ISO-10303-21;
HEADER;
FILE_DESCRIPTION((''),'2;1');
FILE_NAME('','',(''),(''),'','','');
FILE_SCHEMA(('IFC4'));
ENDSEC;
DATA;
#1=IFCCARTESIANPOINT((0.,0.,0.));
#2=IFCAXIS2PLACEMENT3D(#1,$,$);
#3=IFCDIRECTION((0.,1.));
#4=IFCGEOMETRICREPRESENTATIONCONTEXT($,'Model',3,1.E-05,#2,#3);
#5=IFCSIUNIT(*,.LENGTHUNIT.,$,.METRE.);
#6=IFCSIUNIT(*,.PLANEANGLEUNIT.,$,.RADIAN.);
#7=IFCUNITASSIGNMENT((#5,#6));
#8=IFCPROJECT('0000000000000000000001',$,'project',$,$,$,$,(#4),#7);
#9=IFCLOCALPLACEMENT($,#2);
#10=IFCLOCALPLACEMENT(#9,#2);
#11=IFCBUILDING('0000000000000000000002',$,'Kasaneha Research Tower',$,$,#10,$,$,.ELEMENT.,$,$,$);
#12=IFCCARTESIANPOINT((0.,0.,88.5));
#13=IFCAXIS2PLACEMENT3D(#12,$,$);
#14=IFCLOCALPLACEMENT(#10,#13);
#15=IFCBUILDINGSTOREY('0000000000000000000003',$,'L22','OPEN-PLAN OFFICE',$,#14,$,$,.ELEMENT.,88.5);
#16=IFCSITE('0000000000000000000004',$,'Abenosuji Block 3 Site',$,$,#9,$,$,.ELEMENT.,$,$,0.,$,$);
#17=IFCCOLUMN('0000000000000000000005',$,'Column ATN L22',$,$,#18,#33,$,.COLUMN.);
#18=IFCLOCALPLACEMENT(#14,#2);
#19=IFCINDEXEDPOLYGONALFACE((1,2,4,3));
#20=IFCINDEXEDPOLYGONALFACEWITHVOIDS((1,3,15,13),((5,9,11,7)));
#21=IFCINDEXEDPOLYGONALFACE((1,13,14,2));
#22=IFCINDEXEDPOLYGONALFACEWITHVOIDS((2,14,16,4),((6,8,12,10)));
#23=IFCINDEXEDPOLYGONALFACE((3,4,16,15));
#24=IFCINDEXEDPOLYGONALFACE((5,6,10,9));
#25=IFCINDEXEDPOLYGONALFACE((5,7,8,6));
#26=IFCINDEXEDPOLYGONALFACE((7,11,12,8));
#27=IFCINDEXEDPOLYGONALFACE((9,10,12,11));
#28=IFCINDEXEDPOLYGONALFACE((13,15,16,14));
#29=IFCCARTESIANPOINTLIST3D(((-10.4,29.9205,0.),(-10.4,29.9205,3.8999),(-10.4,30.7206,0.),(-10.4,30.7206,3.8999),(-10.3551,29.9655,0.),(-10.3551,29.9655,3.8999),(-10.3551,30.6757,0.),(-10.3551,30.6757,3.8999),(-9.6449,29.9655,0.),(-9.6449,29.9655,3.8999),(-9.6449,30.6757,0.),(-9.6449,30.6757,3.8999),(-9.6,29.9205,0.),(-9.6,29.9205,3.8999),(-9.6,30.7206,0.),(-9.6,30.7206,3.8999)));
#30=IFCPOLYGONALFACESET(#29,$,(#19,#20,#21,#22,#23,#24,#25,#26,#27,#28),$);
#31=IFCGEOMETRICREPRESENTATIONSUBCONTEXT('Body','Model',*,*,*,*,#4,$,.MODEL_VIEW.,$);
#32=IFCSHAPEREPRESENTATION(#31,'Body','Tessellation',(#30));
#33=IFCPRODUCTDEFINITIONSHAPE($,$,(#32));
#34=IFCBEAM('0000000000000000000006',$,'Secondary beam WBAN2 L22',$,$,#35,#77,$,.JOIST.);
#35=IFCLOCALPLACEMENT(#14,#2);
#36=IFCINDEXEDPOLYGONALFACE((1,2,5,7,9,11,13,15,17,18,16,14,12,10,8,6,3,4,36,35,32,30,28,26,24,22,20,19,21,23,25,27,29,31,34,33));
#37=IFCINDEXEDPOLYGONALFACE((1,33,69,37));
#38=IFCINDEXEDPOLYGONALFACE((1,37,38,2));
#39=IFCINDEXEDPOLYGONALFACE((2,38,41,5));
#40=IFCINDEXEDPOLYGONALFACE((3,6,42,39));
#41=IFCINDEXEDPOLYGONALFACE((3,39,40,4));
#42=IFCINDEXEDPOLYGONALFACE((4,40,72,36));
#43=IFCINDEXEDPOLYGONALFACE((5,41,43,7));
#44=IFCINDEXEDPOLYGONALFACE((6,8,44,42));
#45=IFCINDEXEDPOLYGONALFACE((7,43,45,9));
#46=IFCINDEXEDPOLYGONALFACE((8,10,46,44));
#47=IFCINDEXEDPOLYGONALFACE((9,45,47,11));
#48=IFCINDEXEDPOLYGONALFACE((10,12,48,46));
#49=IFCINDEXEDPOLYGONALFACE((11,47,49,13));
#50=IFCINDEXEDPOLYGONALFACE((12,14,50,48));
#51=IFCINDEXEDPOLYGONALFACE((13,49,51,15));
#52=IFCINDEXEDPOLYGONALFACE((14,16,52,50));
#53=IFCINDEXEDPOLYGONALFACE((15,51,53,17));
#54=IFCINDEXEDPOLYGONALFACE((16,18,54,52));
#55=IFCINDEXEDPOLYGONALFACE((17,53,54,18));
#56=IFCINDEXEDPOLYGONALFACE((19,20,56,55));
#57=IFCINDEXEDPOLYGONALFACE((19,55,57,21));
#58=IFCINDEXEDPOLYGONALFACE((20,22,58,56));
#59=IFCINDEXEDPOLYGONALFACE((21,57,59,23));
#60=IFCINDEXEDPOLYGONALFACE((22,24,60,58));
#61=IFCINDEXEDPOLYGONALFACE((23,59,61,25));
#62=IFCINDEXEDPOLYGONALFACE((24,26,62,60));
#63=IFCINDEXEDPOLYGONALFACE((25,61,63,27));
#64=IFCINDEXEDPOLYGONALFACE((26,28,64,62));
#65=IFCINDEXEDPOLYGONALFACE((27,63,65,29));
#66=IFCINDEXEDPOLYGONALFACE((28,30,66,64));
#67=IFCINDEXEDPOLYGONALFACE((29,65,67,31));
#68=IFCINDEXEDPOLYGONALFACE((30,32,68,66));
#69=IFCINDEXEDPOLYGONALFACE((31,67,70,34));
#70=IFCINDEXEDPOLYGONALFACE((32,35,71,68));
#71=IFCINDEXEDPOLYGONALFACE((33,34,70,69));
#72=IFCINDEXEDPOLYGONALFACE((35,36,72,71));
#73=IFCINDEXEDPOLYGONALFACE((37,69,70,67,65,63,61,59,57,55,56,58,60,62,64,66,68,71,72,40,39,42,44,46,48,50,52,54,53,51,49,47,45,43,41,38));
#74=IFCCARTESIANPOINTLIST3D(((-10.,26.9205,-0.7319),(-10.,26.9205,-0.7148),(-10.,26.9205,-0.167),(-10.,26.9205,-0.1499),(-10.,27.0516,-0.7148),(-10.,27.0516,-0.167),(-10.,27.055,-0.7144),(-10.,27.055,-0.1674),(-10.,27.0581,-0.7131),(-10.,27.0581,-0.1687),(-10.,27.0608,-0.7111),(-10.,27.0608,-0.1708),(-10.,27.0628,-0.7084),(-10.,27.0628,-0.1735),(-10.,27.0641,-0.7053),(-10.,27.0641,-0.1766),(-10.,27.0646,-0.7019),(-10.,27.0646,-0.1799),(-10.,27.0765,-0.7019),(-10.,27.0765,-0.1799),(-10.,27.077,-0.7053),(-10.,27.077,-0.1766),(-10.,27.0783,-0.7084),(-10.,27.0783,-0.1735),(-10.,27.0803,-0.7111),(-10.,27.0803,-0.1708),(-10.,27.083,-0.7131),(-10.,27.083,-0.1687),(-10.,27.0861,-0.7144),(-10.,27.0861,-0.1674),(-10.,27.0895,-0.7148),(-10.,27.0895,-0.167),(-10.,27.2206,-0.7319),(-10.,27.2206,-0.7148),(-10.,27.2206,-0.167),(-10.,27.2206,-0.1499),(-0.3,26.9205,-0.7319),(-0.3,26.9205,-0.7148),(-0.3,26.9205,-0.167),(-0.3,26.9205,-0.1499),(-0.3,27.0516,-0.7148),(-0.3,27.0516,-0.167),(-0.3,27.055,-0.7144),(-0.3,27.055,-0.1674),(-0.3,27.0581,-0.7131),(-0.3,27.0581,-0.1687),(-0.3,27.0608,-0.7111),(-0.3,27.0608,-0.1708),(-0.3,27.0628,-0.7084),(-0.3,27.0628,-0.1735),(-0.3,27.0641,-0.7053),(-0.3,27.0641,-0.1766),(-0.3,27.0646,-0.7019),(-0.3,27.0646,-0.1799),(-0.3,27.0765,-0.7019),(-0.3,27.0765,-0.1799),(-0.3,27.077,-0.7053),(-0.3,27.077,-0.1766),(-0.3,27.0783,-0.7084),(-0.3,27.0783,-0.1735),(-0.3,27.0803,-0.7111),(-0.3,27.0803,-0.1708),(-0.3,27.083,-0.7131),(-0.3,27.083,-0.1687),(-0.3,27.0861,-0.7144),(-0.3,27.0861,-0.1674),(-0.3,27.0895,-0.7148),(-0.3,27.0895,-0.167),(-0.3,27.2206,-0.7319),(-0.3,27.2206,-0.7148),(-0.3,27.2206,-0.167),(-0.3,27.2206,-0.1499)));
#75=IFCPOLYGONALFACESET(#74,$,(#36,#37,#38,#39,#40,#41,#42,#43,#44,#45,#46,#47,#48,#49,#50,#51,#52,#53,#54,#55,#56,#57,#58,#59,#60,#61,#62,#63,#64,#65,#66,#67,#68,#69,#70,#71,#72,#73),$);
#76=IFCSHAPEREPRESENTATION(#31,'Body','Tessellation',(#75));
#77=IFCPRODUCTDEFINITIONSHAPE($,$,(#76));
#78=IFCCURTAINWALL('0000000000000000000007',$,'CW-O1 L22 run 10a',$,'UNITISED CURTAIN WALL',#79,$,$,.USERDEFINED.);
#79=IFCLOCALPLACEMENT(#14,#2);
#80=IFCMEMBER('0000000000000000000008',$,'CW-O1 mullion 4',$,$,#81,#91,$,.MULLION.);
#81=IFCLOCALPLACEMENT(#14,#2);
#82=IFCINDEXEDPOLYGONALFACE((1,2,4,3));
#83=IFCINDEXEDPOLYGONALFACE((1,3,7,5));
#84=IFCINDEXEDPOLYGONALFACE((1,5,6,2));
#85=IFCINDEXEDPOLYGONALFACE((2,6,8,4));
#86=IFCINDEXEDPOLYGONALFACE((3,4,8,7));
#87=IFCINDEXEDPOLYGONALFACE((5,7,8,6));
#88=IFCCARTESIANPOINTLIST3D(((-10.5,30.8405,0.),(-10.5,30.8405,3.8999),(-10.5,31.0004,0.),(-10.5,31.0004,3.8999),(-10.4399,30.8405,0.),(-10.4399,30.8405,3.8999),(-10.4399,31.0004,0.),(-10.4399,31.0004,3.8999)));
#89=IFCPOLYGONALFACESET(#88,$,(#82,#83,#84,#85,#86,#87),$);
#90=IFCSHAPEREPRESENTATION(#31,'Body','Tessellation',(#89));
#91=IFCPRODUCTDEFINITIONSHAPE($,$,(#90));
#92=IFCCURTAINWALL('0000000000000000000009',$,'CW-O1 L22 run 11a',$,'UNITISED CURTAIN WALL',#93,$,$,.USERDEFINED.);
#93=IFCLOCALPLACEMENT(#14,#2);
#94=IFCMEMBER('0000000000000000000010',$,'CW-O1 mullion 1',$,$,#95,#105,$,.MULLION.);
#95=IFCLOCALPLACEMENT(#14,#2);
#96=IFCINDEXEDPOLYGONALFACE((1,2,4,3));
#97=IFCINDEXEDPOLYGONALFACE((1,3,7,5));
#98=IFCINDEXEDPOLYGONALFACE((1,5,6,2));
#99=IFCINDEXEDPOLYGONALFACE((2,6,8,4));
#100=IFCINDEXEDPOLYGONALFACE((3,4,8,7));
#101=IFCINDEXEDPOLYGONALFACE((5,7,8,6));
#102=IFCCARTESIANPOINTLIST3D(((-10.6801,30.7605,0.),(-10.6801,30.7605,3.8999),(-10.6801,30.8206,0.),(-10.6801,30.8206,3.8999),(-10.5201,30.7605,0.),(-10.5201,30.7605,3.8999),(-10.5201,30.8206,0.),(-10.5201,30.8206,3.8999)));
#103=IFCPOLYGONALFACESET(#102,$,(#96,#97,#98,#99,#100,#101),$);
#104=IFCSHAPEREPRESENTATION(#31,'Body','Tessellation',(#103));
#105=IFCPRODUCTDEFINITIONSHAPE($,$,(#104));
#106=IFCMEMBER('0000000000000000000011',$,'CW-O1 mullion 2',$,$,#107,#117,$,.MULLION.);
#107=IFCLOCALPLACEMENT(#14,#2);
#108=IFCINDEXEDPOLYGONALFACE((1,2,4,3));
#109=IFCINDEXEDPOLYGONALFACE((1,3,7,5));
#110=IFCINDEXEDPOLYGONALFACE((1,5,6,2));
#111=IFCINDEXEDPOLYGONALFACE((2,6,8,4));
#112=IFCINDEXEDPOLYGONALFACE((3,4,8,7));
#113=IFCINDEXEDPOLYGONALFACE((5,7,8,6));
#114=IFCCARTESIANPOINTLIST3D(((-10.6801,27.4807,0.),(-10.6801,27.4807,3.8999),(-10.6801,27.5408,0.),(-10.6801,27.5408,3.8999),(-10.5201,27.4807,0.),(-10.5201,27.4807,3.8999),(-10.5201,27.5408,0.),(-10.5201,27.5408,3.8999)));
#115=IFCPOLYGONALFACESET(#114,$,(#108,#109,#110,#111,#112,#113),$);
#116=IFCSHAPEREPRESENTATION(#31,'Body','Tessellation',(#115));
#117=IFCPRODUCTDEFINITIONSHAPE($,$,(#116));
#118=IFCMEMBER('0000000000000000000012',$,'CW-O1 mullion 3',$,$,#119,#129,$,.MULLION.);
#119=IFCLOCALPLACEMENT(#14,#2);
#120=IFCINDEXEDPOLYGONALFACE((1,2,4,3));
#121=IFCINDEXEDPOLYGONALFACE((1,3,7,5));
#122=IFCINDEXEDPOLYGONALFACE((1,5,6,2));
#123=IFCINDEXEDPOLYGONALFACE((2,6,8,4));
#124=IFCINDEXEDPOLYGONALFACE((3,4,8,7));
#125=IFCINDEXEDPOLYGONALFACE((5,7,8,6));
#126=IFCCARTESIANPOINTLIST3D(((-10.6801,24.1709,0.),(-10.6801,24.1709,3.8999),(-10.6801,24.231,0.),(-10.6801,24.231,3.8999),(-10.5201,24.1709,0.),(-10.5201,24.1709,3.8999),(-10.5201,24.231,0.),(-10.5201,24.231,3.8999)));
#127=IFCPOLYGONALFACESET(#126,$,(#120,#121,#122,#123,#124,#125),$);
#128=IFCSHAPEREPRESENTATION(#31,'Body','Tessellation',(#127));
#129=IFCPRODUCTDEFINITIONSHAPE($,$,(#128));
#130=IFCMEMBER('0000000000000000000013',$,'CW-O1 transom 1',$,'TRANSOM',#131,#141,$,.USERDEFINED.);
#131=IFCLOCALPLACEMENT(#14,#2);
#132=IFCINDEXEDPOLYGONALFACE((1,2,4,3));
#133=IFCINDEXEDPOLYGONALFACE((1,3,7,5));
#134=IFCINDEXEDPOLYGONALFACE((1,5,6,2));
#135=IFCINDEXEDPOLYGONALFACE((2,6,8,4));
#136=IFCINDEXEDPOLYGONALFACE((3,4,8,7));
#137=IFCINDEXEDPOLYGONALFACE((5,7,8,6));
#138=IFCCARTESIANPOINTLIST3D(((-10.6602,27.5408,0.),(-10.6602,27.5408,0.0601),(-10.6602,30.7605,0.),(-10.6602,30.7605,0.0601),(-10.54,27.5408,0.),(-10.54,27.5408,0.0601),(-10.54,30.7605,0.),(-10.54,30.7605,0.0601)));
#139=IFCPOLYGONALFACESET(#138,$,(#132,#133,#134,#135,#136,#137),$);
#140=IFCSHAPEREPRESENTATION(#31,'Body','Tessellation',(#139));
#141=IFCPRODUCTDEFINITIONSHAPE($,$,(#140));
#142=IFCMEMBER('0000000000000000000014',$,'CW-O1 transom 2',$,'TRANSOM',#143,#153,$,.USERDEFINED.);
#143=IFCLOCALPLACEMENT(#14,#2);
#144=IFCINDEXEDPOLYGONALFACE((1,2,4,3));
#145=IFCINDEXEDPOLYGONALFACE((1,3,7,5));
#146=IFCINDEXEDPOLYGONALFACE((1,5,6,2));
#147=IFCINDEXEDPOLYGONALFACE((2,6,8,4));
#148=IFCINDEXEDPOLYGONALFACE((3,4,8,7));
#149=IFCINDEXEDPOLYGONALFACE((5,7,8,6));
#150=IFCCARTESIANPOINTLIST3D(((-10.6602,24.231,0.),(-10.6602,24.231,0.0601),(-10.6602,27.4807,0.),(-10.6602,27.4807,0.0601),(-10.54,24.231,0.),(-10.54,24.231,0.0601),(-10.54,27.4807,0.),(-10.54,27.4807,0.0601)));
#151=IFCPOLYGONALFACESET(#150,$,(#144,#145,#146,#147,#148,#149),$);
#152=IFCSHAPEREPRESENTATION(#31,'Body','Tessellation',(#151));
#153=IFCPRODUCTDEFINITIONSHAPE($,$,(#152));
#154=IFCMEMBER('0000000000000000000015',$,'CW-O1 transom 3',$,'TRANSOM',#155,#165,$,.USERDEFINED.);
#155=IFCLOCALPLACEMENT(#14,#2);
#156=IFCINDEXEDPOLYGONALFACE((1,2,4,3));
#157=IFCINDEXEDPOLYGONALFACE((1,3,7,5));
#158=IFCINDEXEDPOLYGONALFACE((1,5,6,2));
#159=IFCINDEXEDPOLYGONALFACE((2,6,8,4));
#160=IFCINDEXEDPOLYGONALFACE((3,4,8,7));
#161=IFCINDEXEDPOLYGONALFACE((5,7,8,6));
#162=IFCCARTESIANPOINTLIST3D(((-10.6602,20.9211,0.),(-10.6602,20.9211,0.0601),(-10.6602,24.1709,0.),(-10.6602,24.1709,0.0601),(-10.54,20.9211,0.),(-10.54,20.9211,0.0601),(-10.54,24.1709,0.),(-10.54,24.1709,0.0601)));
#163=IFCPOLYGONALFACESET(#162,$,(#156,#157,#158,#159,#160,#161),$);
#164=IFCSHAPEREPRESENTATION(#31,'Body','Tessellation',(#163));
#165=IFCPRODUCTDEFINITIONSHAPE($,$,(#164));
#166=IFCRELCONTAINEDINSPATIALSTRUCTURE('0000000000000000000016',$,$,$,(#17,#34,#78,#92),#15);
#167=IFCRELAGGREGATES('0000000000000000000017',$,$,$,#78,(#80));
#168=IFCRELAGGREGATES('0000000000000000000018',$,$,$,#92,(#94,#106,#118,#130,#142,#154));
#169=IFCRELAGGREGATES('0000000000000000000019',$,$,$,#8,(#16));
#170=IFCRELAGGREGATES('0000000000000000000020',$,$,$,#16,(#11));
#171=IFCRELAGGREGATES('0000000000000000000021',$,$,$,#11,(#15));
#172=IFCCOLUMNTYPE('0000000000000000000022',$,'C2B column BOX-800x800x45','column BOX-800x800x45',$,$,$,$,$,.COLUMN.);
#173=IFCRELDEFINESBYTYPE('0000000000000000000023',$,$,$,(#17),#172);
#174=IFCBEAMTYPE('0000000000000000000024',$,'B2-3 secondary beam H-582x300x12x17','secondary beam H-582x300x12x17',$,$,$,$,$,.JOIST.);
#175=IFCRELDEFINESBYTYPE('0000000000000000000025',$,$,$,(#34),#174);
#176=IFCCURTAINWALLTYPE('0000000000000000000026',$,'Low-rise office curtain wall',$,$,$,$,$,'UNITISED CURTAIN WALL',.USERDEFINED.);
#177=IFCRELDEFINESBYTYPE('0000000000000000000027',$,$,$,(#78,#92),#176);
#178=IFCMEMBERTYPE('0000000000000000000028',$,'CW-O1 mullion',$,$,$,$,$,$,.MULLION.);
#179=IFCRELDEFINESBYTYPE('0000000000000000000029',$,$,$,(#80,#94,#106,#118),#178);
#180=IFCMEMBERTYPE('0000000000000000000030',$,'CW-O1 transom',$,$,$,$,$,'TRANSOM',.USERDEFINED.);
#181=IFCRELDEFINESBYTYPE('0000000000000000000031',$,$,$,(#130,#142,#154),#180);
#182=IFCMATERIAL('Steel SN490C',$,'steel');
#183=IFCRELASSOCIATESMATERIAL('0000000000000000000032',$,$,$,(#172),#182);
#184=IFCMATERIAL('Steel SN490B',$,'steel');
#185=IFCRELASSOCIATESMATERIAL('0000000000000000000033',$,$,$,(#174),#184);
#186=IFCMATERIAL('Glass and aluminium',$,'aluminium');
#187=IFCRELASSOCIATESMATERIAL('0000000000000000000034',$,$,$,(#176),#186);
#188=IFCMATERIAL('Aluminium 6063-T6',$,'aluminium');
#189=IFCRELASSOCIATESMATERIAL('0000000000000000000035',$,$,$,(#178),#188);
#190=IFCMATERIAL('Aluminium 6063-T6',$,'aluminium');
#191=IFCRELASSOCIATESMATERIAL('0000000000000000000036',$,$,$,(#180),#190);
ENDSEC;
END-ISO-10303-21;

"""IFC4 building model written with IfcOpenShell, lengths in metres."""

from ifc_helpers import new_model, si_unit, direction, frame, origin, origin_2d, place, context, subcontext, project, spatial, rectangle, hollow_rectangle, i_section, extrude, material, material_profile, profile_set, type_object, element, aggregate, save


model = new_model("IFC4")

# Units and contexts
model_context = context("Model", 3, precision=1e-05, world=origin(), true_north=direction((0.0, 1.0)))
body_context = subcontext(model_context, "Body", "Model", "MODEL_VIEW")
ifc_project = project(units=[si_unit("LENGTHUNIT", "METRE"), si_unit("PLANEANGLEUNIT", "RADIAN")], contexts=[model_context])

# Site, building, storey
site_placement = place(None, origin())
site = spatial("IfcSite", under=ifc_project, at=site_placement, Name="Abenosuji Block 3 Site", CompositionType="ELEMENT", RefElevation=0.0)
building_placement = place(site_placement, origin())
building = spatial("IfcBuilding", under=site, at=building_placement, Name="Kasaneha Research Tower", CompositionType="ELEMENT")
storey_placement = place(building_placement, frame((0.0, 0.0, 88.5)))
storey = spatial("IfcBuildingStorey", under=building, at=storey_placement, Name="L22", Description="OPEN-PLAN OFFICE", CompositionType="ELEMENT", Elevation=88.5)

# Column
ifc_material_1 = material(Name="Steel SN490C", Category="steel")
ifc_material_profile_1 = material_profile(ifc_material_1, hollow_rectangle(XDim=0.8, YDim=0.8, WallThickness=0.0449, at=origin_2d()), Name="BOX-800x800x45")
ifc_profile_set_1 = profile_set([ifc_material_profile_1], Name="Steel SN490C")
column_type = type_object("IfcColumnType", Name="C2B column BOX-800x800x45", Description="column BOX-800x800x45", PredefinedType="COLUMN", material=ifc_profile_set_1)
column_placement = place(storey_placement, frame((-10.0, 30.3206, 0.0), z_axis=(0.0, 0.0, 1.0), x_axis=(1.0, 0.0, 0.0)))
element("IfcColumn", 1, at=column_placement, inside=storey, type_object=column_type, Name="Column ATN L22", PredefinedType="COLUMN", context=body_context, shape_type="SweptSolid", body=[
    extrude(hollow_rectangle(XDim=0.8, YDim=0.8, WallThickness=0.0449, at=origin_2d()), origin(), (0.0, 0.0, 1.0), 3.8999),
])

# Beam
ifc_material_2 = material(Name="Steel SN490B", Category="steel")
ifc_material_profile_2 = material_profile(ifc_material_2, i_section(OverallWidth=0.3, OverallDepth=0.582, WebThickness=0.012, FlangeThickness=0.0171, FilletRadius=0.0129, at=origin_2d()), Name="H-582x300x12x17")
ifc_profile_set_2 = profile_set([ifc_material_profile_2], Name="Steel SN490B")
beam_type_1 = type_object("IfcBeamType", Name="B2-3 secondary beam H-582x300x12x17", Description="secondary beam H-582x300x12x17", PredefinedType="JOIST", material=ifc_profile_set_2)
beam_1_placement = place(storey_placement, frame((-10.0, 27.0706, -0.4409), z_axis=(1.0, 0.0, 0.0), x_axis=(0.0, 1.0, 0.0)))
element("IfcBeam", 2, at=beam_1_placement, inside=storey, type_object=beam_type_1, Name="Secondary beam WBAN2 L22", PredefinedType="JOIST", context=body_context, shape_type="SweptSolid", body=[
    extrude(i_section(OverallWidth=0.3, OverallDepth=0.582, WebThickness=0.012, FlangeThickness=0.0171, FilletRadius=0.0129, at=origin_2d()), origin(), (0.0, 0.0, 1.0), 9.7),
])

# Curtain wall, member
ifc_material_3 = material(Name="Glass and aluminium", Category="aluminium")
curtain_wall_type = type_object("IfcCurtainWallType", Name="Low-rise office curtain wall", ElementType="UNITISED CURTAIN WALL", PredefinedType="USERDEFINED", material=ifc_material_3)
curtain_wall_1_placement = place(storey_placement, origin())
curtain_wall_1 = element("IfcCurtainWall", 3, at=curtain_wall_1_placement, inside=storey, type_object=curtain_wall_type, Name="CW-O1 L22 run 10a", ObjectType="UNITISED CURTAIN WALL", PredefinedType="USERDEFINED")
ifc_material_4 = material(Name="Aluminium 6063-T6", Category="aluminium")
ifc_material_profile_3 = material_profile(ifc_material_4, rectangle(XDim=0.0601, YDim=0.1599, at=origin_2d()), Name="CW-O1 mullion 60x160")
ifc_profile_set_3 = profile_set([ifc_material_profile_3], Name="Aluminium 6063-T6")
member_type_1 = type_object("IfcMemberType", Name="CW-O1 mullion", PredefinedType="MULLION", material=ifc_profile_set_3)
member_1_placement = place(storey_placement, frame((-10.47, 30.9204, 0.0), z_axis=(0.0, 0.0, 1.0), x_axis=(-1.0, 0.0, 0.0)))
member_1 = element("IfcMember", 4, at=member_1_placement, type_object=member_type_1, Name="CW-O1 mullion 4", PredefinedType="MULLION", context=body_context, shape_type="SweptSolid", body=[
    extrude(rectangle(XDim=0.0601, YDim=0.1599, at=origin_2d()), origin(), (0.0, 0.0, 1.0), 3.8999),
])
aggregate(curtain_wall_1, [member_1])

# Curtain wall, members
curtain_wall_2_placement = place(storey_placement, origin())
curtain_wall_2 = element("IfcCurtainWall", 5, at=curtain_wall_2_placement, inside=storey, type_object=curtain_wall_type, Name="CW-O1 L22 run 11a", ObjectType="UNITISED CURTAIN WALL", PredefinedType="USERDEFINED")
member_2_placement = place(storey_placement, frame((-10.6001, 30.7905, 0.0), z_axis=(0.0, 0.0, 1.0), x_axis=(0.0, -1.0, 0.0)))
member_2 = element("IfcMember", 6, at=member_2_placement, type_object=member_type_1, Name="CW-O1 mullion 1", PredefinedType="MULLION", context=body_context, shape_type="SweptSolid", body=[
    extrude(rectangle(XDim=0.0601, YDim=0.1599, at=origin_2d()), origin(), (0.0, 0.0, 1.0), 3.8999),
])
member_3_placement = place(storey_placement, frame((-10.6001, 27.5107, 0.0), z_axis=(0.0, 0.0, 1.0), x_axis=(0.0, -1.0, 0.0)))
member_3 = element("IfcMember", 7, at=member_3_placement, type_object=member_type_1, Name="CW-O1 mullion 2", PredefinedType="MULLION", context=body_context, shape_type="SweptSolid", body=[
    extrude(rectangle(XDim=0.0601, YDim=0.1599, at=origin_2d()), origin(), (0.0, 0.0, 1.0), 3.8999),
])
member_4_placement = place(storey_placement, frame((-10.6001, 24.2009, 0.0), z_axis=(0.0, 0.0, 1.0), x_axis=(0.0, -1.0, 0.0)))
member_4 = element("IfcMember", 8, at=member_4_placement, type_object=member_type_1, Name="CW-O1 mullion 3", PredefinedType="MULLION", context=body_context, shape_type="SweptSolid", body=[
    extrude(rectangle(XDim=0.0601, YDim=0.1599, at=origin_2d()), origin(), (0.0, 0.0, 1.0), 3.8999),
])
ifc_material_5 = material(Name="Aluminium 6063-T6", Category="aluminium")
ifc_material_profile_4 = material_profile(ifc_material_5, rectangle(XDim=0.1201, YDim=0.0601, at=origin_2d()), Name="CW-O1 transom 120x60")
ifc_profile_set_4 = profile_set([ifc_material_profile_4], Name="Aluminium 6063-T6")
member_type_2 = type_object("IfcMemberType", Name="CW-O1 transom", ElementType="TRANSOM", PredefinedType="USERDEFINED", material=ifc_profile_set_4)
member_5_placement = place(storey_placement, frame((-10.6001, 30.7605, 0.03), z_axis=(0.0, -1.0, 0.0), x_axis=(1.0, 0.0, 0.0)))
member_5 = element("IfcMember", 9, at=member_5_placement, type_object=member_type_2, Name="CW-O1 transom 1", ObjectType="TRANSOM", PredefinedType="USERDEFINED", context=body_context, shape_type="SweptSolid", body=[
    extrude(rectangle(XDim=0.1201, YDim=0.0601, at=origin_2d()), origin(), (0.0, 0.0, 1.0), 3.2197),
])
member_6_placement = place(storey_placement, frame((-10.6001, 27.4807, 0.03), z_axis=(0.0, -1.0, 0.0), x_axis=(1.0, 0.0, 0.0)))
member_6 = element("IfcMember", 10, at=member_6_placement, type_object=member_type_2, Name="CW-O1 transom 2", ObjectType="TRANSOM", PredefinedType="USERDEFINED", context=body_context, shape_type="SweptSolid", body=[
    extrude(rectangle(XDim=0.1201, YDim=0.0601, at=origin_2d()), origin(), (0.0, 0.0, 1.0), 3.2498),
])
member_7_placement = place(storey_placement, frame((-10.6001, 24.1709, 0.03), z_axis=(0.0, -1.0, 0.0), x_axis=(1.0, 0.0, 0.0)))
member_7 = element("IfcMember", 11, at=member_7_placement, type_object=member_type_2, Name="CW-O1 transom 3", ObjectType="TRANSOM", PredefinedType="USERDEFINED", context=body_context, shape_type="SweptSolid", body=[
    extrude(rectangle(XDim=0.1201, YDim=0.0601, at=origin_2d()), origin(), (0.0, 0.0, 1.0), 3.2498),
])

aggregate(curtain_wall_2, [member_2, member_3, member_4, member_5, member_6, member_7])

save(model, "model.ifc")
